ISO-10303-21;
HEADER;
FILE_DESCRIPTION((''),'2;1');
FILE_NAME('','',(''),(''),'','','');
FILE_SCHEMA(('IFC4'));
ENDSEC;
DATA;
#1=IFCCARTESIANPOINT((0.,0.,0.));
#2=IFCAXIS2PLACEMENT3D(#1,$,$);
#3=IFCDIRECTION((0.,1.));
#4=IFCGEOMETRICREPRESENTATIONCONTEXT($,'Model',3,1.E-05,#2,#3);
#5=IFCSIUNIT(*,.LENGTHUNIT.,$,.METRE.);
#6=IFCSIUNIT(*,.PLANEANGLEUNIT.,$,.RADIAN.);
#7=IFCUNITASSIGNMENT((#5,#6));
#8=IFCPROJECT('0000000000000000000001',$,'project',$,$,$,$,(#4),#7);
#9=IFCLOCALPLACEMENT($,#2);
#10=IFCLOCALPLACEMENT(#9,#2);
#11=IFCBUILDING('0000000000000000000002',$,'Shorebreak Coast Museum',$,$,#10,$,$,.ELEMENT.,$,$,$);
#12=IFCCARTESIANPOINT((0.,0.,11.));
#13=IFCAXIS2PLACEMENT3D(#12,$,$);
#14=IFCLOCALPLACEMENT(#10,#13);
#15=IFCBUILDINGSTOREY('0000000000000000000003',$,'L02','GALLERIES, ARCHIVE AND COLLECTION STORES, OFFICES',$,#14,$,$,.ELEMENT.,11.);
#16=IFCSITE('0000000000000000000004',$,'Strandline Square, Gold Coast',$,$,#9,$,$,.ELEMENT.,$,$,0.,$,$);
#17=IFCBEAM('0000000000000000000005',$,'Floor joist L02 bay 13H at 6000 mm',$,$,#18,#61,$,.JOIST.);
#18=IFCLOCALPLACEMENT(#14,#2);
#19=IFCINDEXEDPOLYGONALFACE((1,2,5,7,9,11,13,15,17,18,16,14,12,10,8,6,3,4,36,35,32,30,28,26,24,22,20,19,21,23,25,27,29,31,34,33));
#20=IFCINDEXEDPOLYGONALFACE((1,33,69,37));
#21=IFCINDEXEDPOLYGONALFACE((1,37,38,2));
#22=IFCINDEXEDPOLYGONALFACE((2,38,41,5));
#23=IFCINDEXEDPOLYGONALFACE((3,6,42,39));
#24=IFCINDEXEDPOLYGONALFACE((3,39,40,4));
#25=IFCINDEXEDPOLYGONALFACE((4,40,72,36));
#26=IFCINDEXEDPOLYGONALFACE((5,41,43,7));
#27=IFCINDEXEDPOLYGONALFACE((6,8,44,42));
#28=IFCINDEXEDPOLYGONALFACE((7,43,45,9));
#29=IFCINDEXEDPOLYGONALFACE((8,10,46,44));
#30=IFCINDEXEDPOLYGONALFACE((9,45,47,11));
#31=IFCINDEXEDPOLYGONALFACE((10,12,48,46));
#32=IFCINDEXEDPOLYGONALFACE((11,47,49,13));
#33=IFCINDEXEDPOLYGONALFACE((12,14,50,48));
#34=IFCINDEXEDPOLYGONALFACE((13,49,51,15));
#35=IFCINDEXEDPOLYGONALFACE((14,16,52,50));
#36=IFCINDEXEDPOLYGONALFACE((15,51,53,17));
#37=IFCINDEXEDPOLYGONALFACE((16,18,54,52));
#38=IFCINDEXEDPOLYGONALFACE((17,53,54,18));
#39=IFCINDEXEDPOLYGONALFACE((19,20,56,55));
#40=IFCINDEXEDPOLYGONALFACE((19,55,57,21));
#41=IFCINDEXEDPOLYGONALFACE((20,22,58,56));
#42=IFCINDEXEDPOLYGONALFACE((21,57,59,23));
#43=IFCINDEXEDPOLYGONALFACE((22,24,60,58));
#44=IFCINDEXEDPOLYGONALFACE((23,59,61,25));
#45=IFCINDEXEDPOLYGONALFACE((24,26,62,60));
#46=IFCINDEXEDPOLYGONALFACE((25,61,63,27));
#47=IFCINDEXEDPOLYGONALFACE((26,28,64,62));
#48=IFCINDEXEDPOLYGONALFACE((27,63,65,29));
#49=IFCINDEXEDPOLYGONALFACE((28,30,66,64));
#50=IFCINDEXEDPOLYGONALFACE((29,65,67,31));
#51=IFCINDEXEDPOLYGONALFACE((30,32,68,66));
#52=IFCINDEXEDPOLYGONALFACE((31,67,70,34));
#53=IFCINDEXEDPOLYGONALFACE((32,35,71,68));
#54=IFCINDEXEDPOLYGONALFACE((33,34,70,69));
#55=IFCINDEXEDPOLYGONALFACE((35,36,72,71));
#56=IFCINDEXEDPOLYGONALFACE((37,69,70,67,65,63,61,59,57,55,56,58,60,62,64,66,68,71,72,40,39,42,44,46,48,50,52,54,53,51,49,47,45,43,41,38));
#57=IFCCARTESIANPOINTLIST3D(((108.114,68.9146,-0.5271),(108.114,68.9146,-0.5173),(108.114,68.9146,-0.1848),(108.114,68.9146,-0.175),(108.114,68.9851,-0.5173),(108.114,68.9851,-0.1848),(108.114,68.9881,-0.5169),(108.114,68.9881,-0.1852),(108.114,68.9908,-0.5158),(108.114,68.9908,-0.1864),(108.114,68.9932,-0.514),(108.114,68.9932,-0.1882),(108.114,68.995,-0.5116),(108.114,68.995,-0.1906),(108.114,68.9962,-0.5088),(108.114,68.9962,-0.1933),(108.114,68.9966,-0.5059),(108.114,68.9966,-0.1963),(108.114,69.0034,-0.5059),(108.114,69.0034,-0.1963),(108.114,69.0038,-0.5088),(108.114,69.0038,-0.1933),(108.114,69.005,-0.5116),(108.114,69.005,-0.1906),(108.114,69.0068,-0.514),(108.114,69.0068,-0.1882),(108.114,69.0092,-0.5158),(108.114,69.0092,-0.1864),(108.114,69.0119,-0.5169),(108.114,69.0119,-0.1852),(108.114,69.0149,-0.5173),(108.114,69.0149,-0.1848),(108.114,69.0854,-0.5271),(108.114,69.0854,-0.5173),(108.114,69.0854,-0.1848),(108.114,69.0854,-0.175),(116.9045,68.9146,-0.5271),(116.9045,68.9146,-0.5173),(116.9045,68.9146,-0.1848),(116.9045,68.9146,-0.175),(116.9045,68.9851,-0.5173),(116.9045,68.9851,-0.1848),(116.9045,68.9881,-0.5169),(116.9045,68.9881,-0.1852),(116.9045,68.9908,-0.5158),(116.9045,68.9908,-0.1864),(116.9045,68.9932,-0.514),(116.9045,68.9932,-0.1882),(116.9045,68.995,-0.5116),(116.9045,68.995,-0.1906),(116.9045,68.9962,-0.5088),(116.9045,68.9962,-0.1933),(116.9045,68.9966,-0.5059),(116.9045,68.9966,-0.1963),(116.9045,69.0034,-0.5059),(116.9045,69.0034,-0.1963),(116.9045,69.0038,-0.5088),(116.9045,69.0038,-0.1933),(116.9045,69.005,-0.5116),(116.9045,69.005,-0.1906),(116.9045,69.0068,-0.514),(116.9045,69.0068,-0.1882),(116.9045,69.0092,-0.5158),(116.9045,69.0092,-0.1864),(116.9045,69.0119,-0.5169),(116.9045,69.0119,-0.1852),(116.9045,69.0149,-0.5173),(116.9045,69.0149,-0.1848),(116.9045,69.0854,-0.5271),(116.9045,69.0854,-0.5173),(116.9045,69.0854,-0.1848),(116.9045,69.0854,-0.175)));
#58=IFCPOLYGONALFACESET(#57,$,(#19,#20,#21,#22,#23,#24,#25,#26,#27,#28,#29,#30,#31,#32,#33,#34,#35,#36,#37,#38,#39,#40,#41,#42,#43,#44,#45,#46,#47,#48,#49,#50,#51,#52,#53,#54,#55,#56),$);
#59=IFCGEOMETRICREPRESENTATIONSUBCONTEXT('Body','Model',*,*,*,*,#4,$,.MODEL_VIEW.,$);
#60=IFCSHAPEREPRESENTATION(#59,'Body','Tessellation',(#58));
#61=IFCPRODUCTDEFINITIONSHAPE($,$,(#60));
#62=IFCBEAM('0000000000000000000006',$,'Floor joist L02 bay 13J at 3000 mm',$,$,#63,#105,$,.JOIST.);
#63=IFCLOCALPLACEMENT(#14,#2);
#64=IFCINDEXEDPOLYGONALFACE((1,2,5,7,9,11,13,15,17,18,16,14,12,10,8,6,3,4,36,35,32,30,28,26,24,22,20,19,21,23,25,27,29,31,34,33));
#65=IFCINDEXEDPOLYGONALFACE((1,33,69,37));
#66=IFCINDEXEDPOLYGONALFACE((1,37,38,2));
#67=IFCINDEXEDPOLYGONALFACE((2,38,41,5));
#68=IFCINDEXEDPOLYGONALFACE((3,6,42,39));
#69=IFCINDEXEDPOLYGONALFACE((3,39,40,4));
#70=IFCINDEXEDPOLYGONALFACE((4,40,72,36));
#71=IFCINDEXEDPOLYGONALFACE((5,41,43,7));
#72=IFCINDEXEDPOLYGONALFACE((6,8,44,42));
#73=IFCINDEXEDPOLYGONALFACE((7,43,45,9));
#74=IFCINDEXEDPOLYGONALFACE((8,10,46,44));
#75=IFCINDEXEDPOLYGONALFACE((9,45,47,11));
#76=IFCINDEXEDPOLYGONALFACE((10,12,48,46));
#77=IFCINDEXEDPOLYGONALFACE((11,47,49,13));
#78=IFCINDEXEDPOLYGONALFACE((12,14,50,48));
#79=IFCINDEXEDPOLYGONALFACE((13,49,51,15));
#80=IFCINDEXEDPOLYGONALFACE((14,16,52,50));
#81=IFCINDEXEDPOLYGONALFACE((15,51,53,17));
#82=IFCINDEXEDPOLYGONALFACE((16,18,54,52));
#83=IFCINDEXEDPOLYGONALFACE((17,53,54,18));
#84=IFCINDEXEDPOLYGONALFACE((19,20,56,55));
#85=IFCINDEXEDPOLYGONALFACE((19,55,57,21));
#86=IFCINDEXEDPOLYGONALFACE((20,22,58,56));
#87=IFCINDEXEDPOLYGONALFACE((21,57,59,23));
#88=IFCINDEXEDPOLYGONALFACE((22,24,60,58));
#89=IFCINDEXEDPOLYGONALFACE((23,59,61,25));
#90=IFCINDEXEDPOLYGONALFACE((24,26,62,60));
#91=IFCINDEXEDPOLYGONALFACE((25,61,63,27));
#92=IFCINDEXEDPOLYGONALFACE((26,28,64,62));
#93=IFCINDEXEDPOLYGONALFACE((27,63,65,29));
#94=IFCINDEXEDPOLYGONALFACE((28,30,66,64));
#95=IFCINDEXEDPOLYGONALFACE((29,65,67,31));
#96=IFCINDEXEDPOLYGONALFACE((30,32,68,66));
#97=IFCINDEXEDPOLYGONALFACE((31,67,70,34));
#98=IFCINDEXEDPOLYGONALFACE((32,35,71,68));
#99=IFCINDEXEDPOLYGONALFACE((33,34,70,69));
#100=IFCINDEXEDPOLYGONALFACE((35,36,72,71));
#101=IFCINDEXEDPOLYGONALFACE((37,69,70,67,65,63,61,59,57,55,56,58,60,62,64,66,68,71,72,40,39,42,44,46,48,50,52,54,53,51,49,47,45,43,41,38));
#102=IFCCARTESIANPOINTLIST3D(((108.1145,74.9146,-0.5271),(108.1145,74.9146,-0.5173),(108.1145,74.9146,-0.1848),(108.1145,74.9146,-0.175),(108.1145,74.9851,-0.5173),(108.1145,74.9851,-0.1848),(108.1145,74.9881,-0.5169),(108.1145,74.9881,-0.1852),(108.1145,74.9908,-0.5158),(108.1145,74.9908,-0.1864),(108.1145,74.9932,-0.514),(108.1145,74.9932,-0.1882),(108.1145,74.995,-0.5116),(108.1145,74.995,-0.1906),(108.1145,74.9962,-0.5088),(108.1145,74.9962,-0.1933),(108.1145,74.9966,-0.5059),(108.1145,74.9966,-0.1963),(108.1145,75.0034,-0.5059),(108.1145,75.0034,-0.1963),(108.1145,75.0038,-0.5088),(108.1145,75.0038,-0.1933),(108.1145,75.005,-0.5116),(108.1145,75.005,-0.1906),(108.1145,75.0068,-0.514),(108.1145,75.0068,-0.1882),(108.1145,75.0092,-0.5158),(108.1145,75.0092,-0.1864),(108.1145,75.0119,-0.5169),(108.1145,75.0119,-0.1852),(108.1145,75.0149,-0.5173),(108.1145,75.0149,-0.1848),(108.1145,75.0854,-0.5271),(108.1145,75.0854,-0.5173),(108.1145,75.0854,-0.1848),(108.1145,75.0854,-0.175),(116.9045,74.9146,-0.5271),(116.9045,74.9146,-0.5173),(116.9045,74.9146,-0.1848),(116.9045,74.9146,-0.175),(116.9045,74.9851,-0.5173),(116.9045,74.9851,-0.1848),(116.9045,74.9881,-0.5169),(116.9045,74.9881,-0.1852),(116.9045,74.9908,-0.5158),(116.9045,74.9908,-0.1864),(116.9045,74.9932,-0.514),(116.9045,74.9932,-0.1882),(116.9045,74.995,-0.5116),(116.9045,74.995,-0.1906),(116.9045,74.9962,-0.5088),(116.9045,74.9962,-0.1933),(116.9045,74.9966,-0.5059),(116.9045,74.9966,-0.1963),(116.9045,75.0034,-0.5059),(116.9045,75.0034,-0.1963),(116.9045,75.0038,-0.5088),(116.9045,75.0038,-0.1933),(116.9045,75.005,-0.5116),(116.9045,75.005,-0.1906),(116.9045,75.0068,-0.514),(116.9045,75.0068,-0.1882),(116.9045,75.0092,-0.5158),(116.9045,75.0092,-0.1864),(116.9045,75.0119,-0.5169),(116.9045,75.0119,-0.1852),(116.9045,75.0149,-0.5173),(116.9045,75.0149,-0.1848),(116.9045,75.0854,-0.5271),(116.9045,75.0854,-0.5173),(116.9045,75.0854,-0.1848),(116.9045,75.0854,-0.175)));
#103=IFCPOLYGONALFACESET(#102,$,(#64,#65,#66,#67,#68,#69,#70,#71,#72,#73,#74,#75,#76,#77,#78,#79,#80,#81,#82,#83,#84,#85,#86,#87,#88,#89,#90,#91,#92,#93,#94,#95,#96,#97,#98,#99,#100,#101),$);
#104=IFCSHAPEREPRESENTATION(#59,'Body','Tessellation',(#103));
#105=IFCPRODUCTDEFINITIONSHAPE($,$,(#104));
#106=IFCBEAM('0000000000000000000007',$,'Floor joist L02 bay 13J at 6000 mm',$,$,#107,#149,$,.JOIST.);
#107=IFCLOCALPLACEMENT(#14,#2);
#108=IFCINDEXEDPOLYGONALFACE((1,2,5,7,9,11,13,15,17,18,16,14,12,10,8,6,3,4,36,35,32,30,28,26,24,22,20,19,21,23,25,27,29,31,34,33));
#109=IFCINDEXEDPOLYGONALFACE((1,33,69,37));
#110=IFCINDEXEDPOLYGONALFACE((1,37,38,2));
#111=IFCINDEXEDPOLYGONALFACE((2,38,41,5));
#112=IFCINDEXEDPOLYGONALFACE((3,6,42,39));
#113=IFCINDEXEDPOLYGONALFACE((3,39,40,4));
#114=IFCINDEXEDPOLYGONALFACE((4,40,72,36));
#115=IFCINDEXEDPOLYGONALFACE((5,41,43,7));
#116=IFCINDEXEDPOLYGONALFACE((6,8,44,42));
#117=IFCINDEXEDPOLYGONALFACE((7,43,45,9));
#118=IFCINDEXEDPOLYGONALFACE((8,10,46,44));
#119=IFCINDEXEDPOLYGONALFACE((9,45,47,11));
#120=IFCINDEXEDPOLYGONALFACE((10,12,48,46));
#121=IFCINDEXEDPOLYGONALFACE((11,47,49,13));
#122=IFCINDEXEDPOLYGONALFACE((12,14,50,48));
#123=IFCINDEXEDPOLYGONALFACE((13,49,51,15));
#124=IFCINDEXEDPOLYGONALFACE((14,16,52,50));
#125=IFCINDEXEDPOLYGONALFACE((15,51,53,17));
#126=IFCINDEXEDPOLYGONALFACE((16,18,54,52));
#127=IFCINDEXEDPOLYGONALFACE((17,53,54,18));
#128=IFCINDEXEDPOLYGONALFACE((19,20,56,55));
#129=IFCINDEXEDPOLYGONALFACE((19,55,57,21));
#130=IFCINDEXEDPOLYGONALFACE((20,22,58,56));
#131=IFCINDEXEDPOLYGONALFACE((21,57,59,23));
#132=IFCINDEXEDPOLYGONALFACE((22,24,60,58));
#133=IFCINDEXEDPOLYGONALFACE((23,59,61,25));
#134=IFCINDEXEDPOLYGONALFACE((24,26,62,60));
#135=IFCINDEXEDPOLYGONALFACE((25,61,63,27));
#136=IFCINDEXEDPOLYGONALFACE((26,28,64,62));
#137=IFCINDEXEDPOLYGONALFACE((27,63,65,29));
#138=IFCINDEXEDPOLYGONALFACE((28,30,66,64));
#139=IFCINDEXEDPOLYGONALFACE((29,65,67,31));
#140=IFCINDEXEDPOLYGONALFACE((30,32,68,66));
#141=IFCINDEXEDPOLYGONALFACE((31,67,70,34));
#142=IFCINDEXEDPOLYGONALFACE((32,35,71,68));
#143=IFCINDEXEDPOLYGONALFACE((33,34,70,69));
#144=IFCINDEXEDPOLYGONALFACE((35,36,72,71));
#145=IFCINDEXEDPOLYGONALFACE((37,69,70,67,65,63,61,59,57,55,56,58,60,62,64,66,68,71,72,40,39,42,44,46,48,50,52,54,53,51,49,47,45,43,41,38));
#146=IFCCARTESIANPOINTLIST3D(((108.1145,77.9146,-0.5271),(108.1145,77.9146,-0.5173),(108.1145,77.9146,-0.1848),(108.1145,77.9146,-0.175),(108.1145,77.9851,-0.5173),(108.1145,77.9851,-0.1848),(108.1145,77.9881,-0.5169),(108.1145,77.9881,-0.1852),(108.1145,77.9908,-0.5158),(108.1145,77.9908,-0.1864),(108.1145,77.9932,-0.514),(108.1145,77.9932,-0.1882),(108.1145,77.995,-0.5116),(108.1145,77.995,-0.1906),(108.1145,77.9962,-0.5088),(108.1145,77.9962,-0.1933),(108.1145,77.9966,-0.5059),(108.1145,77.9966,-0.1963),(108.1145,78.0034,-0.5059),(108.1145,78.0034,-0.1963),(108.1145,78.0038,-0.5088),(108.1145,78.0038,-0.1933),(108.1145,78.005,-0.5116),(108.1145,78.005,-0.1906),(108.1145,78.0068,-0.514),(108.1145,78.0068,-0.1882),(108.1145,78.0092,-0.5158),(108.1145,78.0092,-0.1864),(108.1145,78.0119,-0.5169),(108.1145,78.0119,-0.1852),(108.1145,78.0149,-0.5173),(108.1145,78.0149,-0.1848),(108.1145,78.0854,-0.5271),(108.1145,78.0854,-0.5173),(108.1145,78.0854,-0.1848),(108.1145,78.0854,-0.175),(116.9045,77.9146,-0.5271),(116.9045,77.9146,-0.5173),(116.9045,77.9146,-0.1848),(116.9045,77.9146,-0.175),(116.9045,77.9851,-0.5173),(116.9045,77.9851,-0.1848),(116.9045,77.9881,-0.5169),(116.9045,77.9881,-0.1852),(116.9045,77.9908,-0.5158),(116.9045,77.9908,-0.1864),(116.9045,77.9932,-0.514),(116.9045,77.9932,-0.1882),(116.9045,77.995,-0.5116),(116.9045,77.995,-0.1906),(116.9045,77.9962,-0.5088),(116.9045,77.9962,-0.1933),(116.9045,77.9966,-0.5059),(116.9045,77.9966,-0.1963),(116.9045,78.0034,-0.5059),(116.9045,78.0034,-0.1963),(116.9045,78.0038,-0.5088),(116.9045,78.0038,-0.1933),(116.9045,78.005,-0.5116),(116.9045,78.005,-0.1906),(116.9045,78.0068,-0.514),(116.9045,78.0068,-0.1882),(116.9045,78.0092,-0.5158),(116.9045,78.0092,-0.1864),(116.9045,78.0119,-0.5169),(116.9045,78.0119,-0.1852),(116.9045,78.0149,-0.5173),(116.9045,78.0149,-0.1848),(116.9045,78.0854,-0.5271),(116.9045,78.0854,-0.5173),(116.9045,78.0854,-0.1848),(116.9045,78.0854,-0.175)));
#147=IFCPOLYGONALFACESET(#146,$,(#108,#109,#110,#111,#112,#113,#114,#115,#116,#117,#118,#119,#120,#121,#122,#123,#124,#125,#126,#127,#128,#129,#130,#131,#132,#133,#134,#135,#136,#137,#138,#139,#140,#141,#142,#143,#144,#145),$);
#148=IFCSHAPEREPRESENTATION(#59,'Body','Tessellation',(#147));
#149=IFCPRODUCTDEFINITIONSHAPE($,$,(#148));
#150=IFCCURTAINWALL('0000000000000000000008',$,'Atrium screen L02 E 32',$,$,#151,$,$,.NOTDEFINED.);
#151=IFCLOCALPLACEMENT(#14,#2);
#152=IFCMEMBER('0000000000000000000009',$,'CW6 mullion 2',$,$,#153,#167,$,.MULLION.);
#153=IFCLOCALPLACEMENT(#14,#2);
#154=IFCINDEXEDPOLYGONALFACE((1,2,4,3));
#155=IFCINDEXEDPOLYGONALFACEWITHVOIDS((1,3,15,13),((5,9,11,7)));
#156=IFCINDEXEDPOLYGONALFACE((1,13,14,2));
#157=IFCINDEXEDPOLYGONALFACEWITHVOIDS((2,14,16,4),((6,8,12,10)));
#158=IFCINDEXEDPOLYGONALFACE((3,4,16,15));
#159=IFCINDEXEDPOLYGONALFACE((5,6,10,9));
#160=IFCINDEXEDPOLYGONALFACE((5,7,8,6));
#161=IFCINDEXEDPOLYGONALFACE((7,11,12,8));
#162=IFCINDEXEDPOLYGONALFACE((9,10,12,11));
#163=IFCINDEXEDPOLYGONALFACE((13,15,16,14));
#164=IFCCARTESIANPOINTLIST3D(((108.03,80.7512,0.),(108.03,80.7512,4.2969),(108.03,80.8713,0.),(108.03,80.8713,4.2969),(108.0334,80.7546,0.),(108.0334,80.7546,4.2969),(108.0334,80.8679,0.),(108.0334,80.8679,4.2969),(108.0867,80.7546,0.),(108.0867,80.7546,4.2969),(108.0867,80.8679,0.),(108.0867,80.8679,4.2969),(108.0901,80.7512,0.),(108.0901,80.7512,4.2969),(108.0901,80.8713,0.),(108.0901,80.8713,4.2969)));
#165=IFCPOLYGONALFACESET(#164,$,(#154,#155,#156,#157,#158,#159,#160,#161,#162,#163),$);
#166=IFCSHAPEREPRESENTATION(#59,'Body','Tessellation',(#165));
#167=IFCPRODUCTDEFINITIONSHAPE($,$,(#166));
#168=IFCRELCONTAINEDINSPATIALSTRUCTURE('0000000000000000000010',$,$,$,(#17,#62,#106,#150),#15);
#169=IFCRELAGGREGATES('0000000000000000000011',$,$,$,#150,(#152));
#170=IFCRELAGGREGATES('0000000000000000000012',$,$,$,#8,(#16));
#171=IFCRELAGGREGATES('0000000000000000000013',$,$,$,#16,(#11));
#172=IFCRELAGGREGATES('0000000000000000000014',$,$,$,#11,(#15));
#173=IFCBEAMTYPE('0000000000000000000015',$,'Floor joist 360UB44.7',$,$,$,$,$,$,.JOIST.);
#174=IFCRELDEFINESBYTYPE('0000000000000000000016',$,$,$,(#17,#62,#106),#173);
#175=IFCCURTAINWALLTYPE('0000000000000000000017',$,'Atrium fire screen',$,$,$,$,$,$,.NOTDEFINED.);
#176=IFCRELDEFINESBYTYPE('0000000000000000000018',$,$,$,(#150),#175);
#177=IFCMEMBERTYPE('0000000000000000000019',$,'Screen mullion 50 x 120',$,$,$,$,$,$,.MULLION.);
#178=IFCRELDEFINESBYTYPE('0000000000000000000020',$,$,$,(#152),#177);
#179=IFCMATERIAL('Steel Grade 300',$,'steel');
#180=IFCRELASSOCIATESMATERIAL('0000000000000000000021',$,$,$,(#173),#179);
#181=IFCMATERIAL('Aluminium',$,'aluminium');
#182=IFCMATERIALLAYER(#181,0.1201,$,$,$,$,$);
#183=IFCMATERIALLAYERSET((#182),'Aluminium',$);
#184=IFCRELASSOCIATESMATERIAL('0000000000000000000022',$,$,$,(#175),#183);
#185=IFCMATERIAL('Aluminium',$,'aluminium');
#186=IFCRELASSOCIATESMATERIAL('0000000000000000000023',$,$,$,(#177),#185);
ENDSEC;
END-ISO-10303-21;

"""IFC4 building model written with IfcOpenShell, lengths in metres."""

from ifc_helpers import new_model, si_unit, direction, frame, origin, origin_2d, place, context, subcontext, project, spatial, hollow_rectangle, i_section, extrude, material, layer, layer_set, material_profile, profile_set, type_object, element, aggregate, save


model = new_model("IFC4")

# Units and contexts
model_context = context("Model", 3, precision=1e-05, world=origin(), true_north=direction((0.0, 1.0)))
body_context = subcontext(model_context, "Body", "Model", "MODEL_VIEW")
ifc_project = project(units=[si_unit("LENGTHUNIT", "METRE"), si_unit("PLANEANGLEUNIT", "RADIAN")], contexts=[model_context])

# Site, building, storey
site_placement = place(None, origin())
site = spatial("IfcSite", under=ifc_project, at=site_placement, Name="Strandline Square, Gold Coast", CompositionType="ELEMENT", RefElevation=0.0)
building_placement = place(site_placement, origin())
building = spatial("IfcBuilding", under=site, at=building_placement, Name="Shorebreak Coast Museum", CompositionType="ELEMENT")
storey_placement = place(building_placement, frame((0.0, 0.0, 11.0)))
storey = spatial("IfcBuildingStorey", under=building, at=storey_placement, Name="L02", Description="GALLERIES, ARCHIVE AND COLLECTION STORES, OFFICES", CompositionType="ELEMENT", Elevation=11.0)

# Beams
ifc_material_1 = material(Name="Steel Grade 300", Category="steel")
ifc_material_profile_1 = material_profile(ifc_material_1, i_section(OverallWidth=0.1709, OverallDepth=0.3521, WebThickness=0.0068, FlangeThickness=0.0098, FilletRadius=0.0115, at=origin_2d()), Name="360UB44.7")
ifc_profile_set_1 = profile_set([ifc_material_profile_1], Name="Steel Grade 300")
beam_type_1 = type_object("IfcBeamType", Name="Floor joist 360UB44.7", PredefinedType="JOIST", material=ifc_profile_set_1)
for number, where, z_axis, x_axis, name in (
    (1, (108.114, 69.0, -0.3511), (1.0, 0.0, 0.0), (0.0, 1.0, 0.0), "Floor joist L02 bay 13H at 6000 mm"),
):
    element("IfcBeam", number, at=place(storey_placement, frame(where, z_axis=z_axis, x_axis=x_axis)), inside=storey, type_object=beam_type_1, Name=name, PredefinedType="JOIST", context=body_context, shape_type="SweptSolid", body=[
        extrude(i_section(OverallWidth=0.1709, OverallDepth=0.3521, WebThickness=0.0068, FlangeThickness=0.0098, FilletRadius=0.0115, at=origin_2d()), origin(), (0.0, 0.0, 1.0), 8.7905),
    ])
for number, where, z_axis, x_axis, name in (
    (2, (108.1145, 75.0, -0.3511), (1.0, 0.0, 0.0), (0.0, 1.0, 0.0), "Floor joist L02 bay 13J at 3000 mm"),
    (3, (108.1145, 78.0, -0.3511), (1.0, 0.0, 0.0), (0.0, 1.0, 0.0), "Floor joist L02 bay 13J at 6000 mm"),
):
    element("IfcBeam", number, at=place(storey_placement, frame(where, z_axis=z_axis, x_axis=x_axis)), inside=storey, type_object=beam_type_1, Name=name, PredefinedType="JOIST", context=body_context, shape_type="SweptSolid", body=[
        extrude(i_section(OverallWidth=0.1709, OverallDepth=0.3521, WebThickness=0.0068, FlangeThickness=0.0098, FilletRadius=0.0115, at=origin_2d()), origin(), (0.0, 0.0, 1.0), 8.79),
    ])

# Curtain wall, member
ifc_material_2 = material(Name="Aluminium", Category="aluminium")
ifc_layer_1 = layer(ifc_material_2, 0.1201)
ifc_layer_set_1 = layer_set([ifc_layer_1], Name="Aluminium")
curtain_wall_type = type_object("IfcCurtainWallType", Name="Atrium fire screen", PredefinedType="NOTDEFINED", material=ifc_layer_set_1)
curtain_wall_placement = place(storey_placement, origin())
curtain_wall = element("IfcCurtainWall", 4, at=curtain_wall_placement, inside=storey, type_object=curtain_wall_type, Name="Atrium screen L02 E 32", PredefinedType="NOTDEFINED")
ifc_material_3 = material(Name="Aluminium", Category="aluminium")
ifc_material_profile_2 = material_profile(ifc_material_3, hollow_rectangle(XDim=0.0601, YDim=0.1201, WallThickness=0.0034, at=origin_2d()), Name="AL 120x60 RHS")
ifc_profile_set_2 = profile_set([ifc_material_profile_2], Name="Aluminium")
member_type_1 = type_object("IfcMemberType", Name="Screen mullion 50 x 120", PredefinedType="MULLION", material=ifc_profile_set_2)
member_1_placement = place(storey_placement, frame((108.0601, 80.8113, 0.0), z_axis=(0.0, 0.0, 1.0), x_axis=(-1.0, 0.0, 0.0)))
member_1 = element("IfcMember", 5, at=member_1_placement, type_object=member_type_1, Name="CW6 mullion 2", PredefinedType="MULLION", context=body_context, shape_type="SweptSolid", body=[
    extrude(hollow_rectangle(XDim=0.0601, YDim=0.1201, WallThickness=0.0034, at=origin_2d()), origin(), (0.0, 0.0, 1.0), 4.2969),
])

aggregate(curtain_wall, [member_1])

save(model, "model.ifc")
